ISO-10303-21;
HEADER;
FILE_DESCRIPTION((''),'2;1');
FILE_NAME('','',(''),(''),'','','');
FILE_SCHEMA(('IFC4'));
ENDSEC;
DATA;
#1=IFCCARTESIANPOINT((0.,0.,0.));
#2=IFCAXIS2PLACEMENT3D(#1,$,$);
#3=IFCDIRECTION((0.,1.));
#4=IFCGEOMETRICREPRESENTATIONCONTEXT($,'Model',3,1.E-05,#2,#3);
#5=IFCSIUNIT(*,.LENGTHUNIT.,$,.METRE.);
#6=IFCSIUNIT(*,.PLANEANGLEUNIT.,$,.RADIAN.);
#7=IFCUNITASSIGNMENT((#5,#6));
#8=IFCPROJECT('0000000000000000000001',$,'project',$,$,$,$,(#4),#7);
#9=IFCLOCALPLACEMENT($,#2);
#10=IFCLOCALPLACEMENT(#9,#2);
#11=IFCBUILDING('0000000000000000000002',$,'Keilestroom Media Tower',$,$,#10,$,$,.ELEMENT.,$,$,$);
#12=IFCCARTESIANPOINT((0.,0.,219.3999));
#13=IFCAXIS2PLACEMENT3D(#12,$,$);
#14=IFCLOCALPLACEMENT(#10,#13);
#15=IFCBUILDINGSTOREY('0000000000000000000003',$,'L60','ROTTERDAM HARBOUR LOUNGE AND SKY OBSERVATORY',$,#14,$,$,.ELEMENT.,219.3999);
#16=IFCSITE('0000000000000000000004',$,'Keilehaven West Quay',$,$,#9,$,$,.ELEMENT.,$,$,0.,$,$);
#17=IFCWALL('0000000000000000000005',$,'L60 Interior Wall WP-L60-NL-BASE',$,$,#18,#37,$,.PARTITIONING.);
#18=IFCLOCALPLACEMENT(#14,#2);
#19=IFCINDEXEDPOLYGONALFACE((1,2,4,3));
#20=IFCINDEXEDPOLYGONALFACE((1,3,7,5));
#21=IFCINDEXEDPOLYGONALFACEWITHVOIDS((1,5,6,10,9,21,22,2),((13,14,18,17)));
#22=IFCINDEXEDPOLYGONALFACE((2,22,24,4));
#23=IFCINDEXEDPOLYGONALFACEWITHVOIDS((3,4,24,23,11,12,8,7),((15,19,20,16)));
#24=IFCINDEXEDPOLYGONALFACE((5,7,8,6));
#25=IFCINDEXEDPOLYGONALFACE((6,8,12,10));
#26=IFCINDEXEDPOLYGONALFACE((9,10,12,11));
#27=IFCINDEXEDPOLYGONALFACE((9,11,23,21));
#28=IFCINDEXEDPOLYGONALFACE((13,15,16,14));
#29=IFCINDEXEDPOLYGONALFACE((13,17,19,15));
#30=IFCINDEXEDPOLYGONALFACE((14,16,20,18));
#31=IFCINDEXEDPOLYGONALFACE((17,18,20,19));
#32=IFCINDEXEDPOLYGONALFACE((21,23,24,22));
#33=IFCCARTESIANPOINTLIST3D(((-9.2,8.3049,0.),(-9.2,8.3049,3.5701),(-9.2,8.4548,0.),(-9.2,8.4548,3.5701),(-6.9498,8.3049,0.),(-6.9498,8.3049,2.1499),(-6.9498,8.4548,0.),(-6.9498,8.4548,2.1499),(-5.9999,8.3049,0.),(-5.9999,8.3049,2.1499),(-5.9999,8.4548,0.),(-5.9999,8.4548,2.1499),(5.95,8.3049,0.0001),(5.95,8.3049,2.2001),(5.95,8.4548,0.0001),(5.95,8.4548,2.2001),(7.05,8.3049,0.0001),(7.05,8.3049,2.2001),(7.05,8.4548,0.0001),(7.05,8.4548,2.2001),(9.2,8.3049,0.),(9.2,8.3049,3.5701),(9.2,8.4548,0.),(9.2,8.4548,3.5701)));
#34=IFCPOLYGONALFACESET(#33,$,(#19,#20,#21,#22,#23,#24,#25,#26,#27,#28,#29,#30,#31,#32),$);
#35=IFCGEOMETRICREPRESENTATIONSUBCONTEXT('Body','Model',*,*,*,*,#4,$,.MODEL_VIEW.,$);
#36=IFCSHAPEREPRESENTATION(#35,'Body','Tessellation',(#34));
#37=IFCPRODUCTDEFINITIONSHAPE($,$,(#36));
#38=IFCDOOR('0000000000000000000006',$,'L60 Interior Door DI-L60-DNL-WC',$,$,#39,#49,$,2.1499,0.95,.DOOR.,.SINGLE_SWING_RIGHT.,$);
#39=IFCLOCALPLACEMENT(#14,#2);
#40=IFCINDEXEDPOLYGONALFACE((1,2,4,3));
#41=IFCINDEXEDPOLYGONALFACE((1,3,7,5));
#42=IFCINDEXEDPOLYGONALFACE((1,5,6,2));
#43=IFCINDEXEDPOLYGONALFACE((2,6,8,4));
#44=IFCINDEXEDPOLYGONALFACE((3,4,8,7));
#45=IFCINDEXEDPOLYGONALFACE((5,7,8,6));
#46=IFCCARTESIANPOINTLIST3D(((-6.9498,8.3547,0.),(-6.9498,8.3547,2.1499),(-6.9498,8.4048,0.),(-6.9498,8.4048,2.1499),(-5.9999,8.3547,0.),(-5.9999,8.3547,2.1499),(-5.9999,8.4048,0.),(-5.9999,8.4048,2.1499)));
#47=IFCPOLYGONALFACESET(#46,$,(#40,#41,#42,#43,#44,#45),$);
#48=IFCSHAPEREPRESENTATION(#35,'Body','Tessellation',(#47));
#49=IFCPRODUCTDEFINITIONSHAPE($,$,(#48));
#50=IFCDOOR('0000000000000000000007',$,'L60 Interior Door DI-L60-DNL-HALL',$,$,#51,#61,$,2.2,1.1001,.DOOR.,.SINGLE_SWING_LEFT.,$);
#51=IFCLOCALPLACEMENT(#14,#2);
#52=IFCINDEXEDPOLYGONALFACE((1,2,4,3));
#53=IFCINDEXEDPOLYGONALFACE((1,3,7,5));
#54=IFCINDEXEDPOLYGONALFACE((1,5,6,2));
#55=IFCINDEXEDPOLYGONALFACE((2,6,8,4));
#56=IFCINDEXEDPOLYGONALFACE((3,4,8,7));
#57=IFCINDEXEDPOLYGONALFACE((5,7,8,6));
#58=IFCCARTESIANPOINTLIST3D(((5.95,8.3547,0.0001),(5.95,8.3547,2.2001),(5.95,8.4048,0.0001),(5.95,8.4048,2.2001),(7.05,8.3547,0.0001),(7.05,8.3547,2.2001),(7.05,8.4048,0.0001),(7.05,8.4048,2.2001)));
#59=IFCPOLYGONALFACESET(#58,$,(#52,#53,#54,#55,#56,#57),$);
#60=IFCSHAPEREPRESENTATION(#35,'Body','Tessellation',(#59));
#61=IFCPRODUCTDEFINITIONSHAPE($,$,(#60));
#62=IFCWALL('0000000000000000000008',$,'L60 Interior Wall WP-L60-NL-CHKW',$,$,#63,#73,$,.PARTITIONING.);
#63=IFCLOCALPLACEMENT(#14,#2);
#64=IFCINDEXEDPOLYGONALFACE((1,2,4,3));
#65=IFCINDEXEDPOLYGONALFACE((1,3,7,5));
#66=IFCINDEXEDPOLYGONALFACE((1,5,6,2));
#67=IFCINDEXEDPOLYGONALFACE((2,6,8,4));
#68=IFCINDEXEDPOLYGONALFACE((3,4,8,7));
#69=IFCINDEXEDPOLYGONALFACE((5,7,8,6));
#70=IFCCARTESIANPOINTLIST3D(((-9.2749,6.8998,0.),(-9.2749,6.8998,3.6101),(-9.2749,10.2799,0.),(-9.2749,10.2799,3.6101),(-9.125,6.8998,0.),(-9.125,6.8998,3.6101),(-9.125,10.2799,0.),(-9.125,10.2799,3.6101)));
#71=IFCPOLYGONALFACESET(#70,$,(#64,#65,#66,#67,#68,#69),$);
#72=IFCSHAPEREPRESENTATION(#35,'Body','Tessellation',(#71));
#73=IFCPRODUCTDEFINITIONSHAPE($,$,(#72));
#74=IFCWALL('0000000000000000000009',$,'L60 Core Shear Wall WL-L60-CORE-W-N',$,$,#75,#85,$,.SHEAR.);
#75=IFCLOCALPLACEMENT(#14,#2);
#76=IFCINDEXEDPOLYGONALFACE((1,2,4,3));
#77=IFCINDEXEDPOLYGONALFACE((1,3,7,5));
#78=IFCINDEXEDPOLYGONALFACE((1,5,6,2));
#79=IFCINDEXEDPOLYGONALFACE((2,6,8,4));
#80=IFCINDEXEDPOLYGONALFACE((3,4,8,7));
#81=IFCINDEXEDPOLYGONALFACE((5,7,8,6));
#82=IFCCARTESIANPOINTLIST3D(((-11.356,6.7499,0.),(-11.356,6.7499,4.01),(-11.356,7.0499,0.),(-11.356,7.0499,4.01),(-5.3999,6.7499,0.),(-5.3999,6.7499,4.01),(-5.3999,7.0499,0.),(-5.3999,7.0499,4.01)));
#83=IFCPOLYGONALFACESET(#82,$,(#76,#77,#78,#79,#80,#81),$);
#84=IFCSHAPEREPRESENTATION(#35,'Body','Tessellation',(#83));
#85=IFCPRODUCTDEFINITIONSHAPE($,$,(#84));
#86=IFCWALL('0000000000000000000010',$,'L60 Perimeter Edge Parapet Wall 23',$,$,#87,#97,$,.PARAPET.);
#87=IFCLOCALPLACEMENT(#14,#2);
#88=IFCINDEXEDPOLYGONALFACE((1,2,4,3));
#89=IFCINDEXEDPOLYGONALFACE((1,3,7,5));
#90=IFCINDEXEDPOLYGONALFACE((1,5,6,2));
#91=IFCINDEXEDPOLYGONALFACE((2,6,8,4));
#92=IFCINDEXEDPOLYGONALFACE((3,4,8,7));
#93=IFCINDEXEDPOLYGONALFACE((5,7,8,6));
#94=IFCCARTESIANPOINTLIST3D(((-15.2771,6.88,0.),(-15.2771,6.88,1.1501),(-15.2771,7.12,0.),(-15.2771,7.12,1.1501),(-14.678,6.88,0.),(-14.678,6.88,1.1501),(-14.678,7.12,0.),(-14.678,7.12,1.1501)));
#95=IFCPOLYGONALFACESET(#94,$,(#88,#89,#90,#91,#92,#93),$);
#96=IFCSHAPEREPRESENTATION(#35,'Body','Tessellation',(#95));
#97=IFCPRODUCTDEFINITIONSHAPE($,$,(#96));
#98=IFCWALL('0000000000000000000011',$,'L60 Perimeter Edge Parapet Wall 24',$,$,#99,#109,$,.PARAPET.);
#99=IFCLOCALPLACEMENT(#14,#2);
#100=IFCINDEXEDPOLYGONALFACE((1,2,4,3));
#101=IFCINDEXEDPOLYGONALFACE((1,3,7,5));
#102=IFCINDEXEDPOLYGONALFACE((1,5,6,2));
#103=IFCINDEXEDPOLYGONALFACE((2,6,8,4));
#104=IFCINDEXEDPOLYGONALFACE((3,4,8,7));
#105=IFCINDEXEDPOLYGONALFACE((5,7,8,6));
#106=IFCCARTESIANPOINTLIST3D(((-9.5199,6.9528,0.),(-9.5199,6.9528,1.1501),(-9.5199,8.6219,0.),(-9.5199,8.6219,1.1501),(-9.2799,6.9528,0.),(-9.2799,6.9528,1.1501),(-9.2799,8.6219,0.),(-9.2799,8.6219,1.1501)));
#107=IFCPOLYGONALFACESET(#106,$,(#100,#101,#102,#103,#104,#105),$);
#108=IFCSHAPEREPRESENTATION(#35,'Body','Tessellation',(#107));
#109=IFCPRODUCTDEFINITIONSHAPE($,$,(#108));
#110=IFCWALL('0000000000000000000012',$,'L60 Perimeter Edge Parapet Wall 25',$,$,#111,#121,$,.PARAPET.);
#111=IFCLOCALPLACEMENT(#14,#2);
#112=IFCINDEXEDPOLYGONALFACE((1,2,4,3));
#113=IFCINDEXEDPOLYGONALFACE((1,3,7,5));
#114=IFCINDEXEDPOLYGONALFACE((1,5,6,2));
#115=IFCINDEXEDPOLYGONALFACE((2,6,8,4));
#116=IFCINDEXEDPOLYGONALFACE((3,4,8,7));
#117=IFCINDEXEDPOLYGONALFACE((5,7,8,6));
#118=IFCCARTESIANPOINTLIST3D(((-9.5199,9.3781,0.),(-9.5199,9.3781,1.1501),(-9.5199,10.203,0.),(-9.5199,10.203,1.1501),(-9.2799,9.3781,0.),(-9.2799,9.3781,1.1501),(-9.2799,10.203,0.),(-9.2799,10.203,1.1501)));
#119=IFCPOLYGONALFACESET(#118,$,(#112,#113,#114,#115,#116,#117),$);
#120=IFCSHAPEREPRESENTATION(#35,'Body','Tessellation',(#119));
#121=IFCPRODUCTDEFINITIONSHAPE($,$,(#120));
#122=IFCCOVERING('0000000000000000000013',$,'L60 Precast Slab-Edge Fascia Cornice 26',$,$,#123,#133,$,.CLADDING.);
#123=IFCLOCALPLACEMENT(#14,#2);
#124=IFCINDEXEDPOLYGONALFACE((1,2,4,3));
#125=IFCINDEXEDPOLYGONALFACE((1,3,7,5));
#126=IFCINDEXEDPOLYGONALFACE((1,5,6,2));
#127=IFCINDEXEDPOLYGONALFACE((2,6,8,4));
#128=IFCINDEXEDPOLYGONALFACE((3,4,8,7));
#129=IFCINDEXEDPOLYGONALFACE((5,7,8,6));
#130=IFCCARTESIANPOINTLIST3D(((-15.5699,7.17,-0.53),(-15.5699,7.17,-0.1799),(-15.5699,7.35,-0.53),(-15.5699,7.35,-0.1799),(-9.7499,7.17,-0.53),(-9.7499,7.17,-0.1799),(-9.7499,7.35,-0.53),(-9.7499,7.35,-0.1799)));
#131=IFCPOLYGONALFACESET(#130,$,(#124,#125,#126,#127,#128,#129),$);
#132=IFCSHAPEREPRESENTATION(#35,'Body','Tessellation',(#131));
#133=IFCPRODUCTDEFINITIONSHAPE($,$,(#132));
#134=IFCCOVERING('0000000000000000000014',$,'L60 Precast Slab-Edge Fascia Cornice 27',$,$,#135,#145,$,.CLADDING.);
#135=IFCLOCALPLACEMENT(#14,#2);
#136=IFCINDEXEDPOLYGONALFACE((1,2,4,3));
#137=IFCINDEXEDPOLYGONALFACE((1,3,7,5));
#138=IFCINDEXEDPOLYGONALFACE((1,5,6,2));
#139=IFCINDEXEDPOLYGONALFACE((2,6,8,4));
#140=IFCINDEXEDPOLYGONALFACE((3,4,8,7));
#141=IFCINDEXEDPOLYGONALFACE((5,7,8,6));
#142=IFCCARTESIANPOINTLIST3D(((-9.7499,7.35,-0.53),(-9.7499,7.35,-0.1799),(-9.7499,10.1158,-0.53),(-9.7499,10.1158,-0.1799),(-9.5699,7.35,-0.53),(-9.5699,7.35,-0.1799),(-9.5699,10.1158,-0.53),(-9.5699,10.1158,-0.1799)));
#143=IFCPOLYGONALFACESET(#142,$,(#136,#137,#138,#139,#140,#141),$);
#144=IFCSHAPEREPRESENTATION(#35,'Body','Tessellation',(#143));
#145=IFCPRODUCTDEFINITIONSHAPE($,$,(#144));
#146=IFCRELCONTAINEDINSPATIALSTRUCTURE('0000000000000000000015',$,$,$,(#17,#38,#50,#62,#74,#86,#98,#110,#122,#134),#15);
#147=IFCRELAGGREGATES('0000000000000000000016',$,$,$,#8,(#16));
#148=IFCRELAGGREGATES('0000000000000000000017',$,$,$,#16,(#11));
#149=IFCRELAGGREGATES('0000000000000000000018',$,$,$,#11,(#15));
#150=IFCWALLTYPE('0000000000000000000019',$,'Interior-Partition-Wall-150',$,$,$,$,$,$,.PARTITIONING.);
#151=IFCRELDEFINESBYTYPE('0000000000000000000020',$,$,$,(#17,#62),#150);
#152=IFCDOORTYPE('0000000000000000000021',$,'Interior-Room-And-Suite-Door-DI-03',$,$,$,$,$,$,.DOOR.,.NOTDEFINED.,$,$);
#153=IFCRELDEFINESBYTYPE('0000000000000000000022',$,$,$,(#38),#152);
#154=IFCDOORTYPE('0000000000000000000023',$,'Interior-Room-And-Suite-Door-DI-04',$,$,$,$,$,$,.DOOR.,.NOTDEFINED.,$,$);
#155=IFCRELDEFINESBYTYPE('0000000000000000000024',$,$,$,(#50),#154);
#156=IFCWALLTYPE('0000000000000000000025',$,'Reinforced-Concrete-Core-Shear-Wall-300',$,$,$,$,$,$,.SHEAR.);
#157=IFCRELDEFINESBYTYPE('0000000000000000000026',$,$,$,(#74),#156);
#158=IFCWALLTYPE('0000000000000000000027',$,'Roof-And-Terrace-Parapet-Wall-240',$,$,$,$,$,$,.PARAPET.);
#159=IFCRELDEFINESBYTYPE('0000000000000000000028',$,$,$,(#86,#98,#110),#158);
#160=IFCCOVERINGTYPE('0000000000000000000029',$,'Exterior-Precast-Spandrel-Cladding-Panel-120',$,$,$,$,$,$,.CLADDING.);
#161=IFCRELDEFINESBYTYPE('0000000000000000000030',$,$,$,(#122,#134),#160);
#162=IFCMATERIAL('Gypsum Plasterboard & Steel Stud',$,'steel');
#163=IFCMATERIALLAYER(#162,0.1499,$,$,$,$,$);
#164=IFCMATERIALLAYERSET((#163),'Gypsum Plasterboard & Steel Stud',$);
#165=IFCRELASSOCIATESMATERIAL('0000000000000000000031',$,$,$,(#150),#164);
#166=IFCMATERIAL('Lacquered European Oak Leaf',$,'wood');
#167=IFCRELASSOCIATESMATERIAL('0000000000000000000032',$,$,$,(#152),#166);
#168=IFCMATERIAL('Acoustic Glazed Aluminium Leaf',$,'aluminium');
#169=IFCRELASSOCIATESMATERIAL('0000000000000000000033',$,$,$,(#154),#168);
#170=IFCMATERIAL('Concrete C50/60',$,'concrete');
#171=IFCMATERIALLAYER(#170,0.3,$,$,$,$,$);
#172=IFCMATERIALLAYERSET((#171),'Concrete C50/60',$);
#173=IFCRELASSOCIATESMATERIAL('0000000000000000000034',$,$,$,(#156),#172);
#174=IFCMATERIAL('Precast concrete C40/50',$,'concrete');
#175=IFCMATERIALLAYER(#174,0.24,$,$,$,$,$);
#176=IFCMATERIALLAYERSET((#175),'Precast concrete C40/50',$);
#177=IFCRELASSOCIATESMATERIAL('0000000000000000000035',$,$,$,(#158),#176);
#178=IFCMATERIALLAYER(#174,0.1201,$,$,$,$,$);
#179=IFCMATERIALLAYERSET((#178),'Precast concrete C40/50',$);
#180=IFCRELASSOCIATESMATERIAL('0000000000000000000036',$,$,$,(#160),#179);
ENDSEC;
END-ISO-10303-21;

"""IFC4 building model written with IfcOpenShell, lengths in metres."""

from ifc_helpers import new_model, si_unit, direction, frame, frame_2d, origin, origin_2d, place, context, subcontext, project, spatial, rectangle, extrude, source, transform, mapped, material, layer, layer_set, type_object, element, fill, save


model = new_model("IFC4")

# Units and contexts
model_context = context("Model", 3, precision=1e-05, world=origin(), true_north=direction((0.0, 1.0)))
body_context = subcontext(model_context, "Body", "Model", "MODEL_VIEW")
ifc_project = project(units=[si_unit("LENGTHUNIT", "METRE"), si_unit("PLANEANGLEUNIT", "RADIAN")], contexts=[model_context])

# Site, building, storey
site_placement = place(None, origin())
site = spatial("IfcSite", under=ifc_project, at=site_placement, Name="Keilehaven West Quay", CompositionType="ELEMENT", RefElevation=0.0)
building_placement = place(site_placement, origin())
building = spatial("IfcBuilding", under=site, at=building_placement, Name="Keilestroom Media Tower", CompositionType="ELEMENT")
storey_placement = place(building_placement, frame((0.0, 0.0, 219.3999)))
storey = spatial("IfcBuildingStorey", under=building, at=storey_placement, Name="L60", Description="ROTTERDAM HARBOUR LOUNGE AND SKY OBSERVATORY", CompositionType="ELEMENT", Elevation=219.3999)

# Shared definitions
ifc_material_1 = material(Name="Precast concrete C40/50", Category="concrete")
ifc_material_2 = material(Name="Concrete C50/60", Category="concrete")

# Shared definitions
ifc_material_3 = material(Name="Gypsum Plasterboard & Steel Stud", Category="steel")

# Wall, openings, doors
ifc_layer_1 = layer(ifc_material_3, 0.1499)
ifc_layer_set_1 = layer_set([ifc_layer_1], Name="Gypsum Plasterboard & Steel Stud")
wall_type_1 = type_object("IfcWallType", Name="Interior-Partition-Wall-150", PredefinedType="PARTITIONING", material=ifc_layer_set_1)
wall_1_placement = place(storey_placement, frame((-9.2, 8.3799, 0.0), z_axis=(0.0, 0.0, 1.0), x_axis=(1.0, 0.0, 0.0)))
wall_1 = element("IfcWall", 1, at=wall_1_placement, inside=storey, type_object=wall_type_1, Name="L60 Interior Wall WP-L60-NL-BASE", PredefinedType="PARTITIONING", context=body_context, shape_type="SweptSolid", body=[
    extrude(rectangle(XDim=18.3999, YDim=0.1499, at=frame_2d((9.2, 0.0))), origin(), (0.0, 0.0, 1.0), 3.5701),
])
opening_1_placement = place(wall_1_placement, frame((2.25, 0.0, 0.0)))
opening_1 = element("IfcOpeningElement", 2, at=opening_1_placement, cuts=wall_1, PredefinedType="OPENING", context=body_context, shape_type="SweptSolid", body=[
    extrude(rectangle(XDim=0.95, YDim=2.1499, at=frame_2d((0.4751, 1.075))), frame((0.0, 0.085, 0.0), z_axis=(0.0, -1.0, 0.0), x_axis=(1.0, 0.0, 0.0)), (0.0, 0.0, 1.0), 0.1699),
])
opening_2_placement = place(wall_1_placement, frame((15.1499, 0.0, 0.0)))
opening_2 = element("IfcOpeningElement", 3, at=opening_2_placement, cuts=wall_1, PredefinedType="OPENING", context=body_context, shape_type="SweptSolid", body=[
    extrude(rectangle(XDim=1.1001, YDim=2.2, at=frame_2d((0.55, 1.1001))), frame((0.0, 0.085, 0.0), z_axis=(0.0, -1.0, 0.0), x_axis=(1.0, 0.0, 0.0)), (0.0, 0.0, 1.0), 0.1699),
])
ifc_material_4 = material(Name="Lacquered European Oak Leaf", Category="wood")
door_type_1 = type_object("IfcDoorType", Name="Interior-Room-And-Suite-Door-DI-03", OperationType="NOTDEFINED", PredefinedType="DOOR", material=ifc_material_4)
shared_shape_1 = source(origin(), body_context, "Body", "SweptSolid", [
    extrude(rectangle(XDim=0.95, YDim=2.1499, at=frame_2d((0.4751, 1.075))), frame((0.0, 0.0249, 0.0), z_axis=(0.0, -1.0, 0.0), x_axis=(1.0, 0.0, 0.0)), (0.0, 0.0, 1.0), 0.05),
])
door_1_placement = place(opening_1_placement, origin())
door_1 = element("IfcDoor", 4, at=door_1_placement, inside=storey, type_object=door_type_1, Name="L60 Interior Door DI-L60-DNL-WC", OperationType="SINGLE_SWING_RIGHT", OverallHeight=2.1499, OverallWidth=0.95, PredefinedType="DOOR", context=body_context, shape_type="MappedRepresentation", body=[
    mapped(shared_shape_1, transform((0.0, 0.0, 0.0), x_axis=(1.0, 0.0, 0.0), y_axis=(0.0, 1.0, 0.0), z_axis=(0.0, 0.0, 1.0), scale=1.0)),
])
fill(opening_1, door_1)
ifc_material_5 = material(Name="Acoustic Glazed Aluminium Leaf", Category="aluminium")
door_type_2 = type_object("IfcDoorType", Name="Interior-Room-And-Suite-Door-DI-04", OperationType="NOTDEFINED", PredefinedType="DOOR", material=ifc_material_5)
shared_shape_2 = source(origin(), body_context, "Body", "SweptSolid", [
    extrude(rectangle(XDim=1.1001, YDim=2.2, at=frame_2d((0.55, 1.1001))), frame((0.0, 0.0249, 0.0), z_axis=(0.0, -1.0, 0.0), x_axis=(1.0, 0.0, 0.0)), (0.0, 0.0, 1.0), 0.05),
])
door_2_placement = place(opening_2_placement, origin())
door_2 = element("IfcDoor", 5, at=door_2_placement, inside=storey, type_object=door_type_2, Name="L60 Interior Door DI-L60-DNL-HALL", OperationType="SINGLE_SWING_LEFT", OverallHeight=2.2, OverallWidth=1.1001, PredefinedType="DOOR", context=body_context, shape_type="MappedRepresentation", body=[
    mapped(shared_shape_2, transform((0.0, 0.0, 0.0), x_axis=(1.0, 0.0, 0.0), y_axis=(0.0, 1.0, 0.0), z_axis=(0.0, 0.0, 1.0), scale=1.0)),
])
fill(opening_2, door_2)

# Walls
wall_2_placement = place(storey_placement, frame((-9.2, 6.8999, 0.0), z_axis=(0.0, 0.0, 1.0), x_axis=(0.0, 1.0, 0.0)))
element("IfcWall", 6, at=wall_2_placement, inside=storey, type_object=wall_type_1, Name="L60 Interior Wall WP-L60-NL-CHKW", PredefinedType="PARTITIONING", context=body_context, shape_type="SweptSolid", body=[
    extrude(rectangle(XDim=3.3801, YDim=0.1499, at=frame_2d((1.6899, 0.0))), origin(), (0.0, 0.0, 1.0), 3.6101),
])
ifc_layer_2 = layer(ifc_material_2, 0.3)
ifc_layer_set_2 = layer_set([ifc_layer_2], Name="Concrete C50/60")
wall_type_2 = type_object("IfcWallType", Name="Reinforced-Concrete-Core-Shear-Wall-300", PredefinedType="SHEAR", material=ifc_layer_set_2)
wall_3_placement = place(storey_placement, frame((-11.356, 6.8999, 0.0), z_axis=(0.0, 0.0, 1.0), x_axis=(1.0, 0.0, 0.0)))
element("IfcWall", 7, at=wall_3_placement, inside=storey, type_object=wall_type_2, Name="L60 Core Shear Wall WL-L60-CORE-W-N", PredefinedType="SHEAR", context=body_context, shape_type="SweptSolid", body=[
    extrude(rectangle(XDim=5.9561, YDim=0.3, at=frame_2d((2.978, 0.0))), origin(), (0.0, 0.0, 1.0), 4.01),
])
ifc_layer_3 = layer(ifc_material_1, 0.24)
ifc_layer_set_3 = layer_set([ifc_layer_3], Name="Precast concrete C40/50")
wall_type_3 = type_object("IfcWallType", Name="Roof-And-Terrace-Parapet-Wall-240", PredefinedType="PARAPET", material=ifc_layer_set_3)
wall_4_placement = place(storey_placement, frame((-15.2771, 7.0, 0.0), z_axis=(0.0, 0.0, 1.0), x_axis=(1.0, 0.0, 0.0)))
element("IfcWall", 8, at=wall_4_placement, inside=storey, type_object=wall_type_3, Name="L60 Perimeter Edge Parapet Wall 23", PredefinedType="PARAPET", context=body_context, shape_type="SweptSolid", body=[
    extrude(rectangle(XDim=0.5991, YDim=0.24, at=frame_2d((0.2996, 0.0))), origin(), (0.0, 0.0, 1.0), 1.1501),
])
wall_5_placement = place(storey_placement, frame((-9.3999, 6.9529, 0.0), z_axis=(0.0, 0.0, 1.0), x_axis=(0.0, 1.0, 0.0)))
element("IfcWall", 9, at=wall_5_placement, inside=storey, type_object=wall_type_3, Name="L60 Perimeter Edge Parapet Wall 24", PredefinedType="PARAPET", context=body_context, shape_type="SweptSolid", body=[
    extrude(rectangle(XDim=1.6692, YDim=0.24, at=frame_2d((0.8345, 0.0))), origin(), (0.0, 0.0, 1.0), 1.1501),
])
wall_6_placement = place(storey_placement, frame((-9.3999, 9.3779, 0.0), z_axis=(0.0, 0.0, 1.0), x_axis=(0.0, 1.0, 0.0)))
element("IfcWall", 10, at=wall_6_placement, inside=storey, type_object=wall_type_3, Name="L60 Perimeter Edge Parapet Wall 25", PredefinedType="PARAPET", context=body_context, shape_type="SweptSolid", body=[
    extrude(rectangle(XDim=0.825, YDim=0.24, at=frame_2d((0.4126, 0.0))), origin(), (0.0, 0.0, 1.0), 1.1501),
])

# Coverings
ifc_layer_4 = layer(ifc_material_1, 0.1201)
ifc_layer_set_4 = layer_set([ifc_layer_4], Name="Precast concrete C40/50")
covering_type = type_object("IfcCoveringType", Name="Exterior-Precast-Spandrel-Cladding-Panel-120", PredefinedType="CLADDING", material=ifc_layer_set_4)
shared_shape_3 = source(origin(), body_context, "Body", "SweptSolid", [
    extrude(rectangle(XDim=5.8201, YDim=0.1799, at=origin_2d()), origin(), (0.0, 0.0, 1.0), 0.3501),
])
covering_1_placement = place(storey_placement, frame((-12.6599, 7.26, -0.53), z_axis=(0.0, 0.0, 1.0), x_axis=(1.0, 0.0, 0.0)))
element("IfcCovering", 11, at=covering_1_placement, inside=storey, type_object=covering_type, Name="L60 Precast Slab-Edge Fascia Cornice 26", PredefinedType="CLADDING", context=body_context, shape_type="MappedRepresentation", body=[
    mapped(shared_shape_3, transform((0.0, 0.0, 0.0), x_axis=(1.0, 0.0, 0.0), y_axis=(0.0, 1.0, 0.0), z_axis=(0.0, 0.0, 1.0), scale=1.0)),
])
shared_shape_4 = source(origin(), body_context, "Body", "SweptSolid", [
    extrude(rectangle(XDim=2.7659, YDim=0.1799, at=origin_2d()), origin(), (0.0, 0.0, 1.0), 0.3501),
])
covering_2_placement = place(storey_placement, frame((-9.6599, 8.7329, -0.53), z_axis=(0.0, 0.0, 1.0), x_axis=(0.0, 1.0, 0.0)))
element("IfcCovering", 12, at=covering_2_placement, inside=storey, type_object=covering_type, Name="L60 Precast Slab-Edge Fascia Cornice 27", PredefinedType="CLADDING", context=body_context, shape_type="MappedRepresentation", body=[
    mapped(shared_shape_4, transform((0.0, 0.0, 0.0), x_axis=(1.0, 0.0, 0.0), y_axis=(0.0, 1.0, 0.0), z_axis=(0.0, 0.0, 1.0), scale=1.0)),
])

save(model, "model.ifc")
